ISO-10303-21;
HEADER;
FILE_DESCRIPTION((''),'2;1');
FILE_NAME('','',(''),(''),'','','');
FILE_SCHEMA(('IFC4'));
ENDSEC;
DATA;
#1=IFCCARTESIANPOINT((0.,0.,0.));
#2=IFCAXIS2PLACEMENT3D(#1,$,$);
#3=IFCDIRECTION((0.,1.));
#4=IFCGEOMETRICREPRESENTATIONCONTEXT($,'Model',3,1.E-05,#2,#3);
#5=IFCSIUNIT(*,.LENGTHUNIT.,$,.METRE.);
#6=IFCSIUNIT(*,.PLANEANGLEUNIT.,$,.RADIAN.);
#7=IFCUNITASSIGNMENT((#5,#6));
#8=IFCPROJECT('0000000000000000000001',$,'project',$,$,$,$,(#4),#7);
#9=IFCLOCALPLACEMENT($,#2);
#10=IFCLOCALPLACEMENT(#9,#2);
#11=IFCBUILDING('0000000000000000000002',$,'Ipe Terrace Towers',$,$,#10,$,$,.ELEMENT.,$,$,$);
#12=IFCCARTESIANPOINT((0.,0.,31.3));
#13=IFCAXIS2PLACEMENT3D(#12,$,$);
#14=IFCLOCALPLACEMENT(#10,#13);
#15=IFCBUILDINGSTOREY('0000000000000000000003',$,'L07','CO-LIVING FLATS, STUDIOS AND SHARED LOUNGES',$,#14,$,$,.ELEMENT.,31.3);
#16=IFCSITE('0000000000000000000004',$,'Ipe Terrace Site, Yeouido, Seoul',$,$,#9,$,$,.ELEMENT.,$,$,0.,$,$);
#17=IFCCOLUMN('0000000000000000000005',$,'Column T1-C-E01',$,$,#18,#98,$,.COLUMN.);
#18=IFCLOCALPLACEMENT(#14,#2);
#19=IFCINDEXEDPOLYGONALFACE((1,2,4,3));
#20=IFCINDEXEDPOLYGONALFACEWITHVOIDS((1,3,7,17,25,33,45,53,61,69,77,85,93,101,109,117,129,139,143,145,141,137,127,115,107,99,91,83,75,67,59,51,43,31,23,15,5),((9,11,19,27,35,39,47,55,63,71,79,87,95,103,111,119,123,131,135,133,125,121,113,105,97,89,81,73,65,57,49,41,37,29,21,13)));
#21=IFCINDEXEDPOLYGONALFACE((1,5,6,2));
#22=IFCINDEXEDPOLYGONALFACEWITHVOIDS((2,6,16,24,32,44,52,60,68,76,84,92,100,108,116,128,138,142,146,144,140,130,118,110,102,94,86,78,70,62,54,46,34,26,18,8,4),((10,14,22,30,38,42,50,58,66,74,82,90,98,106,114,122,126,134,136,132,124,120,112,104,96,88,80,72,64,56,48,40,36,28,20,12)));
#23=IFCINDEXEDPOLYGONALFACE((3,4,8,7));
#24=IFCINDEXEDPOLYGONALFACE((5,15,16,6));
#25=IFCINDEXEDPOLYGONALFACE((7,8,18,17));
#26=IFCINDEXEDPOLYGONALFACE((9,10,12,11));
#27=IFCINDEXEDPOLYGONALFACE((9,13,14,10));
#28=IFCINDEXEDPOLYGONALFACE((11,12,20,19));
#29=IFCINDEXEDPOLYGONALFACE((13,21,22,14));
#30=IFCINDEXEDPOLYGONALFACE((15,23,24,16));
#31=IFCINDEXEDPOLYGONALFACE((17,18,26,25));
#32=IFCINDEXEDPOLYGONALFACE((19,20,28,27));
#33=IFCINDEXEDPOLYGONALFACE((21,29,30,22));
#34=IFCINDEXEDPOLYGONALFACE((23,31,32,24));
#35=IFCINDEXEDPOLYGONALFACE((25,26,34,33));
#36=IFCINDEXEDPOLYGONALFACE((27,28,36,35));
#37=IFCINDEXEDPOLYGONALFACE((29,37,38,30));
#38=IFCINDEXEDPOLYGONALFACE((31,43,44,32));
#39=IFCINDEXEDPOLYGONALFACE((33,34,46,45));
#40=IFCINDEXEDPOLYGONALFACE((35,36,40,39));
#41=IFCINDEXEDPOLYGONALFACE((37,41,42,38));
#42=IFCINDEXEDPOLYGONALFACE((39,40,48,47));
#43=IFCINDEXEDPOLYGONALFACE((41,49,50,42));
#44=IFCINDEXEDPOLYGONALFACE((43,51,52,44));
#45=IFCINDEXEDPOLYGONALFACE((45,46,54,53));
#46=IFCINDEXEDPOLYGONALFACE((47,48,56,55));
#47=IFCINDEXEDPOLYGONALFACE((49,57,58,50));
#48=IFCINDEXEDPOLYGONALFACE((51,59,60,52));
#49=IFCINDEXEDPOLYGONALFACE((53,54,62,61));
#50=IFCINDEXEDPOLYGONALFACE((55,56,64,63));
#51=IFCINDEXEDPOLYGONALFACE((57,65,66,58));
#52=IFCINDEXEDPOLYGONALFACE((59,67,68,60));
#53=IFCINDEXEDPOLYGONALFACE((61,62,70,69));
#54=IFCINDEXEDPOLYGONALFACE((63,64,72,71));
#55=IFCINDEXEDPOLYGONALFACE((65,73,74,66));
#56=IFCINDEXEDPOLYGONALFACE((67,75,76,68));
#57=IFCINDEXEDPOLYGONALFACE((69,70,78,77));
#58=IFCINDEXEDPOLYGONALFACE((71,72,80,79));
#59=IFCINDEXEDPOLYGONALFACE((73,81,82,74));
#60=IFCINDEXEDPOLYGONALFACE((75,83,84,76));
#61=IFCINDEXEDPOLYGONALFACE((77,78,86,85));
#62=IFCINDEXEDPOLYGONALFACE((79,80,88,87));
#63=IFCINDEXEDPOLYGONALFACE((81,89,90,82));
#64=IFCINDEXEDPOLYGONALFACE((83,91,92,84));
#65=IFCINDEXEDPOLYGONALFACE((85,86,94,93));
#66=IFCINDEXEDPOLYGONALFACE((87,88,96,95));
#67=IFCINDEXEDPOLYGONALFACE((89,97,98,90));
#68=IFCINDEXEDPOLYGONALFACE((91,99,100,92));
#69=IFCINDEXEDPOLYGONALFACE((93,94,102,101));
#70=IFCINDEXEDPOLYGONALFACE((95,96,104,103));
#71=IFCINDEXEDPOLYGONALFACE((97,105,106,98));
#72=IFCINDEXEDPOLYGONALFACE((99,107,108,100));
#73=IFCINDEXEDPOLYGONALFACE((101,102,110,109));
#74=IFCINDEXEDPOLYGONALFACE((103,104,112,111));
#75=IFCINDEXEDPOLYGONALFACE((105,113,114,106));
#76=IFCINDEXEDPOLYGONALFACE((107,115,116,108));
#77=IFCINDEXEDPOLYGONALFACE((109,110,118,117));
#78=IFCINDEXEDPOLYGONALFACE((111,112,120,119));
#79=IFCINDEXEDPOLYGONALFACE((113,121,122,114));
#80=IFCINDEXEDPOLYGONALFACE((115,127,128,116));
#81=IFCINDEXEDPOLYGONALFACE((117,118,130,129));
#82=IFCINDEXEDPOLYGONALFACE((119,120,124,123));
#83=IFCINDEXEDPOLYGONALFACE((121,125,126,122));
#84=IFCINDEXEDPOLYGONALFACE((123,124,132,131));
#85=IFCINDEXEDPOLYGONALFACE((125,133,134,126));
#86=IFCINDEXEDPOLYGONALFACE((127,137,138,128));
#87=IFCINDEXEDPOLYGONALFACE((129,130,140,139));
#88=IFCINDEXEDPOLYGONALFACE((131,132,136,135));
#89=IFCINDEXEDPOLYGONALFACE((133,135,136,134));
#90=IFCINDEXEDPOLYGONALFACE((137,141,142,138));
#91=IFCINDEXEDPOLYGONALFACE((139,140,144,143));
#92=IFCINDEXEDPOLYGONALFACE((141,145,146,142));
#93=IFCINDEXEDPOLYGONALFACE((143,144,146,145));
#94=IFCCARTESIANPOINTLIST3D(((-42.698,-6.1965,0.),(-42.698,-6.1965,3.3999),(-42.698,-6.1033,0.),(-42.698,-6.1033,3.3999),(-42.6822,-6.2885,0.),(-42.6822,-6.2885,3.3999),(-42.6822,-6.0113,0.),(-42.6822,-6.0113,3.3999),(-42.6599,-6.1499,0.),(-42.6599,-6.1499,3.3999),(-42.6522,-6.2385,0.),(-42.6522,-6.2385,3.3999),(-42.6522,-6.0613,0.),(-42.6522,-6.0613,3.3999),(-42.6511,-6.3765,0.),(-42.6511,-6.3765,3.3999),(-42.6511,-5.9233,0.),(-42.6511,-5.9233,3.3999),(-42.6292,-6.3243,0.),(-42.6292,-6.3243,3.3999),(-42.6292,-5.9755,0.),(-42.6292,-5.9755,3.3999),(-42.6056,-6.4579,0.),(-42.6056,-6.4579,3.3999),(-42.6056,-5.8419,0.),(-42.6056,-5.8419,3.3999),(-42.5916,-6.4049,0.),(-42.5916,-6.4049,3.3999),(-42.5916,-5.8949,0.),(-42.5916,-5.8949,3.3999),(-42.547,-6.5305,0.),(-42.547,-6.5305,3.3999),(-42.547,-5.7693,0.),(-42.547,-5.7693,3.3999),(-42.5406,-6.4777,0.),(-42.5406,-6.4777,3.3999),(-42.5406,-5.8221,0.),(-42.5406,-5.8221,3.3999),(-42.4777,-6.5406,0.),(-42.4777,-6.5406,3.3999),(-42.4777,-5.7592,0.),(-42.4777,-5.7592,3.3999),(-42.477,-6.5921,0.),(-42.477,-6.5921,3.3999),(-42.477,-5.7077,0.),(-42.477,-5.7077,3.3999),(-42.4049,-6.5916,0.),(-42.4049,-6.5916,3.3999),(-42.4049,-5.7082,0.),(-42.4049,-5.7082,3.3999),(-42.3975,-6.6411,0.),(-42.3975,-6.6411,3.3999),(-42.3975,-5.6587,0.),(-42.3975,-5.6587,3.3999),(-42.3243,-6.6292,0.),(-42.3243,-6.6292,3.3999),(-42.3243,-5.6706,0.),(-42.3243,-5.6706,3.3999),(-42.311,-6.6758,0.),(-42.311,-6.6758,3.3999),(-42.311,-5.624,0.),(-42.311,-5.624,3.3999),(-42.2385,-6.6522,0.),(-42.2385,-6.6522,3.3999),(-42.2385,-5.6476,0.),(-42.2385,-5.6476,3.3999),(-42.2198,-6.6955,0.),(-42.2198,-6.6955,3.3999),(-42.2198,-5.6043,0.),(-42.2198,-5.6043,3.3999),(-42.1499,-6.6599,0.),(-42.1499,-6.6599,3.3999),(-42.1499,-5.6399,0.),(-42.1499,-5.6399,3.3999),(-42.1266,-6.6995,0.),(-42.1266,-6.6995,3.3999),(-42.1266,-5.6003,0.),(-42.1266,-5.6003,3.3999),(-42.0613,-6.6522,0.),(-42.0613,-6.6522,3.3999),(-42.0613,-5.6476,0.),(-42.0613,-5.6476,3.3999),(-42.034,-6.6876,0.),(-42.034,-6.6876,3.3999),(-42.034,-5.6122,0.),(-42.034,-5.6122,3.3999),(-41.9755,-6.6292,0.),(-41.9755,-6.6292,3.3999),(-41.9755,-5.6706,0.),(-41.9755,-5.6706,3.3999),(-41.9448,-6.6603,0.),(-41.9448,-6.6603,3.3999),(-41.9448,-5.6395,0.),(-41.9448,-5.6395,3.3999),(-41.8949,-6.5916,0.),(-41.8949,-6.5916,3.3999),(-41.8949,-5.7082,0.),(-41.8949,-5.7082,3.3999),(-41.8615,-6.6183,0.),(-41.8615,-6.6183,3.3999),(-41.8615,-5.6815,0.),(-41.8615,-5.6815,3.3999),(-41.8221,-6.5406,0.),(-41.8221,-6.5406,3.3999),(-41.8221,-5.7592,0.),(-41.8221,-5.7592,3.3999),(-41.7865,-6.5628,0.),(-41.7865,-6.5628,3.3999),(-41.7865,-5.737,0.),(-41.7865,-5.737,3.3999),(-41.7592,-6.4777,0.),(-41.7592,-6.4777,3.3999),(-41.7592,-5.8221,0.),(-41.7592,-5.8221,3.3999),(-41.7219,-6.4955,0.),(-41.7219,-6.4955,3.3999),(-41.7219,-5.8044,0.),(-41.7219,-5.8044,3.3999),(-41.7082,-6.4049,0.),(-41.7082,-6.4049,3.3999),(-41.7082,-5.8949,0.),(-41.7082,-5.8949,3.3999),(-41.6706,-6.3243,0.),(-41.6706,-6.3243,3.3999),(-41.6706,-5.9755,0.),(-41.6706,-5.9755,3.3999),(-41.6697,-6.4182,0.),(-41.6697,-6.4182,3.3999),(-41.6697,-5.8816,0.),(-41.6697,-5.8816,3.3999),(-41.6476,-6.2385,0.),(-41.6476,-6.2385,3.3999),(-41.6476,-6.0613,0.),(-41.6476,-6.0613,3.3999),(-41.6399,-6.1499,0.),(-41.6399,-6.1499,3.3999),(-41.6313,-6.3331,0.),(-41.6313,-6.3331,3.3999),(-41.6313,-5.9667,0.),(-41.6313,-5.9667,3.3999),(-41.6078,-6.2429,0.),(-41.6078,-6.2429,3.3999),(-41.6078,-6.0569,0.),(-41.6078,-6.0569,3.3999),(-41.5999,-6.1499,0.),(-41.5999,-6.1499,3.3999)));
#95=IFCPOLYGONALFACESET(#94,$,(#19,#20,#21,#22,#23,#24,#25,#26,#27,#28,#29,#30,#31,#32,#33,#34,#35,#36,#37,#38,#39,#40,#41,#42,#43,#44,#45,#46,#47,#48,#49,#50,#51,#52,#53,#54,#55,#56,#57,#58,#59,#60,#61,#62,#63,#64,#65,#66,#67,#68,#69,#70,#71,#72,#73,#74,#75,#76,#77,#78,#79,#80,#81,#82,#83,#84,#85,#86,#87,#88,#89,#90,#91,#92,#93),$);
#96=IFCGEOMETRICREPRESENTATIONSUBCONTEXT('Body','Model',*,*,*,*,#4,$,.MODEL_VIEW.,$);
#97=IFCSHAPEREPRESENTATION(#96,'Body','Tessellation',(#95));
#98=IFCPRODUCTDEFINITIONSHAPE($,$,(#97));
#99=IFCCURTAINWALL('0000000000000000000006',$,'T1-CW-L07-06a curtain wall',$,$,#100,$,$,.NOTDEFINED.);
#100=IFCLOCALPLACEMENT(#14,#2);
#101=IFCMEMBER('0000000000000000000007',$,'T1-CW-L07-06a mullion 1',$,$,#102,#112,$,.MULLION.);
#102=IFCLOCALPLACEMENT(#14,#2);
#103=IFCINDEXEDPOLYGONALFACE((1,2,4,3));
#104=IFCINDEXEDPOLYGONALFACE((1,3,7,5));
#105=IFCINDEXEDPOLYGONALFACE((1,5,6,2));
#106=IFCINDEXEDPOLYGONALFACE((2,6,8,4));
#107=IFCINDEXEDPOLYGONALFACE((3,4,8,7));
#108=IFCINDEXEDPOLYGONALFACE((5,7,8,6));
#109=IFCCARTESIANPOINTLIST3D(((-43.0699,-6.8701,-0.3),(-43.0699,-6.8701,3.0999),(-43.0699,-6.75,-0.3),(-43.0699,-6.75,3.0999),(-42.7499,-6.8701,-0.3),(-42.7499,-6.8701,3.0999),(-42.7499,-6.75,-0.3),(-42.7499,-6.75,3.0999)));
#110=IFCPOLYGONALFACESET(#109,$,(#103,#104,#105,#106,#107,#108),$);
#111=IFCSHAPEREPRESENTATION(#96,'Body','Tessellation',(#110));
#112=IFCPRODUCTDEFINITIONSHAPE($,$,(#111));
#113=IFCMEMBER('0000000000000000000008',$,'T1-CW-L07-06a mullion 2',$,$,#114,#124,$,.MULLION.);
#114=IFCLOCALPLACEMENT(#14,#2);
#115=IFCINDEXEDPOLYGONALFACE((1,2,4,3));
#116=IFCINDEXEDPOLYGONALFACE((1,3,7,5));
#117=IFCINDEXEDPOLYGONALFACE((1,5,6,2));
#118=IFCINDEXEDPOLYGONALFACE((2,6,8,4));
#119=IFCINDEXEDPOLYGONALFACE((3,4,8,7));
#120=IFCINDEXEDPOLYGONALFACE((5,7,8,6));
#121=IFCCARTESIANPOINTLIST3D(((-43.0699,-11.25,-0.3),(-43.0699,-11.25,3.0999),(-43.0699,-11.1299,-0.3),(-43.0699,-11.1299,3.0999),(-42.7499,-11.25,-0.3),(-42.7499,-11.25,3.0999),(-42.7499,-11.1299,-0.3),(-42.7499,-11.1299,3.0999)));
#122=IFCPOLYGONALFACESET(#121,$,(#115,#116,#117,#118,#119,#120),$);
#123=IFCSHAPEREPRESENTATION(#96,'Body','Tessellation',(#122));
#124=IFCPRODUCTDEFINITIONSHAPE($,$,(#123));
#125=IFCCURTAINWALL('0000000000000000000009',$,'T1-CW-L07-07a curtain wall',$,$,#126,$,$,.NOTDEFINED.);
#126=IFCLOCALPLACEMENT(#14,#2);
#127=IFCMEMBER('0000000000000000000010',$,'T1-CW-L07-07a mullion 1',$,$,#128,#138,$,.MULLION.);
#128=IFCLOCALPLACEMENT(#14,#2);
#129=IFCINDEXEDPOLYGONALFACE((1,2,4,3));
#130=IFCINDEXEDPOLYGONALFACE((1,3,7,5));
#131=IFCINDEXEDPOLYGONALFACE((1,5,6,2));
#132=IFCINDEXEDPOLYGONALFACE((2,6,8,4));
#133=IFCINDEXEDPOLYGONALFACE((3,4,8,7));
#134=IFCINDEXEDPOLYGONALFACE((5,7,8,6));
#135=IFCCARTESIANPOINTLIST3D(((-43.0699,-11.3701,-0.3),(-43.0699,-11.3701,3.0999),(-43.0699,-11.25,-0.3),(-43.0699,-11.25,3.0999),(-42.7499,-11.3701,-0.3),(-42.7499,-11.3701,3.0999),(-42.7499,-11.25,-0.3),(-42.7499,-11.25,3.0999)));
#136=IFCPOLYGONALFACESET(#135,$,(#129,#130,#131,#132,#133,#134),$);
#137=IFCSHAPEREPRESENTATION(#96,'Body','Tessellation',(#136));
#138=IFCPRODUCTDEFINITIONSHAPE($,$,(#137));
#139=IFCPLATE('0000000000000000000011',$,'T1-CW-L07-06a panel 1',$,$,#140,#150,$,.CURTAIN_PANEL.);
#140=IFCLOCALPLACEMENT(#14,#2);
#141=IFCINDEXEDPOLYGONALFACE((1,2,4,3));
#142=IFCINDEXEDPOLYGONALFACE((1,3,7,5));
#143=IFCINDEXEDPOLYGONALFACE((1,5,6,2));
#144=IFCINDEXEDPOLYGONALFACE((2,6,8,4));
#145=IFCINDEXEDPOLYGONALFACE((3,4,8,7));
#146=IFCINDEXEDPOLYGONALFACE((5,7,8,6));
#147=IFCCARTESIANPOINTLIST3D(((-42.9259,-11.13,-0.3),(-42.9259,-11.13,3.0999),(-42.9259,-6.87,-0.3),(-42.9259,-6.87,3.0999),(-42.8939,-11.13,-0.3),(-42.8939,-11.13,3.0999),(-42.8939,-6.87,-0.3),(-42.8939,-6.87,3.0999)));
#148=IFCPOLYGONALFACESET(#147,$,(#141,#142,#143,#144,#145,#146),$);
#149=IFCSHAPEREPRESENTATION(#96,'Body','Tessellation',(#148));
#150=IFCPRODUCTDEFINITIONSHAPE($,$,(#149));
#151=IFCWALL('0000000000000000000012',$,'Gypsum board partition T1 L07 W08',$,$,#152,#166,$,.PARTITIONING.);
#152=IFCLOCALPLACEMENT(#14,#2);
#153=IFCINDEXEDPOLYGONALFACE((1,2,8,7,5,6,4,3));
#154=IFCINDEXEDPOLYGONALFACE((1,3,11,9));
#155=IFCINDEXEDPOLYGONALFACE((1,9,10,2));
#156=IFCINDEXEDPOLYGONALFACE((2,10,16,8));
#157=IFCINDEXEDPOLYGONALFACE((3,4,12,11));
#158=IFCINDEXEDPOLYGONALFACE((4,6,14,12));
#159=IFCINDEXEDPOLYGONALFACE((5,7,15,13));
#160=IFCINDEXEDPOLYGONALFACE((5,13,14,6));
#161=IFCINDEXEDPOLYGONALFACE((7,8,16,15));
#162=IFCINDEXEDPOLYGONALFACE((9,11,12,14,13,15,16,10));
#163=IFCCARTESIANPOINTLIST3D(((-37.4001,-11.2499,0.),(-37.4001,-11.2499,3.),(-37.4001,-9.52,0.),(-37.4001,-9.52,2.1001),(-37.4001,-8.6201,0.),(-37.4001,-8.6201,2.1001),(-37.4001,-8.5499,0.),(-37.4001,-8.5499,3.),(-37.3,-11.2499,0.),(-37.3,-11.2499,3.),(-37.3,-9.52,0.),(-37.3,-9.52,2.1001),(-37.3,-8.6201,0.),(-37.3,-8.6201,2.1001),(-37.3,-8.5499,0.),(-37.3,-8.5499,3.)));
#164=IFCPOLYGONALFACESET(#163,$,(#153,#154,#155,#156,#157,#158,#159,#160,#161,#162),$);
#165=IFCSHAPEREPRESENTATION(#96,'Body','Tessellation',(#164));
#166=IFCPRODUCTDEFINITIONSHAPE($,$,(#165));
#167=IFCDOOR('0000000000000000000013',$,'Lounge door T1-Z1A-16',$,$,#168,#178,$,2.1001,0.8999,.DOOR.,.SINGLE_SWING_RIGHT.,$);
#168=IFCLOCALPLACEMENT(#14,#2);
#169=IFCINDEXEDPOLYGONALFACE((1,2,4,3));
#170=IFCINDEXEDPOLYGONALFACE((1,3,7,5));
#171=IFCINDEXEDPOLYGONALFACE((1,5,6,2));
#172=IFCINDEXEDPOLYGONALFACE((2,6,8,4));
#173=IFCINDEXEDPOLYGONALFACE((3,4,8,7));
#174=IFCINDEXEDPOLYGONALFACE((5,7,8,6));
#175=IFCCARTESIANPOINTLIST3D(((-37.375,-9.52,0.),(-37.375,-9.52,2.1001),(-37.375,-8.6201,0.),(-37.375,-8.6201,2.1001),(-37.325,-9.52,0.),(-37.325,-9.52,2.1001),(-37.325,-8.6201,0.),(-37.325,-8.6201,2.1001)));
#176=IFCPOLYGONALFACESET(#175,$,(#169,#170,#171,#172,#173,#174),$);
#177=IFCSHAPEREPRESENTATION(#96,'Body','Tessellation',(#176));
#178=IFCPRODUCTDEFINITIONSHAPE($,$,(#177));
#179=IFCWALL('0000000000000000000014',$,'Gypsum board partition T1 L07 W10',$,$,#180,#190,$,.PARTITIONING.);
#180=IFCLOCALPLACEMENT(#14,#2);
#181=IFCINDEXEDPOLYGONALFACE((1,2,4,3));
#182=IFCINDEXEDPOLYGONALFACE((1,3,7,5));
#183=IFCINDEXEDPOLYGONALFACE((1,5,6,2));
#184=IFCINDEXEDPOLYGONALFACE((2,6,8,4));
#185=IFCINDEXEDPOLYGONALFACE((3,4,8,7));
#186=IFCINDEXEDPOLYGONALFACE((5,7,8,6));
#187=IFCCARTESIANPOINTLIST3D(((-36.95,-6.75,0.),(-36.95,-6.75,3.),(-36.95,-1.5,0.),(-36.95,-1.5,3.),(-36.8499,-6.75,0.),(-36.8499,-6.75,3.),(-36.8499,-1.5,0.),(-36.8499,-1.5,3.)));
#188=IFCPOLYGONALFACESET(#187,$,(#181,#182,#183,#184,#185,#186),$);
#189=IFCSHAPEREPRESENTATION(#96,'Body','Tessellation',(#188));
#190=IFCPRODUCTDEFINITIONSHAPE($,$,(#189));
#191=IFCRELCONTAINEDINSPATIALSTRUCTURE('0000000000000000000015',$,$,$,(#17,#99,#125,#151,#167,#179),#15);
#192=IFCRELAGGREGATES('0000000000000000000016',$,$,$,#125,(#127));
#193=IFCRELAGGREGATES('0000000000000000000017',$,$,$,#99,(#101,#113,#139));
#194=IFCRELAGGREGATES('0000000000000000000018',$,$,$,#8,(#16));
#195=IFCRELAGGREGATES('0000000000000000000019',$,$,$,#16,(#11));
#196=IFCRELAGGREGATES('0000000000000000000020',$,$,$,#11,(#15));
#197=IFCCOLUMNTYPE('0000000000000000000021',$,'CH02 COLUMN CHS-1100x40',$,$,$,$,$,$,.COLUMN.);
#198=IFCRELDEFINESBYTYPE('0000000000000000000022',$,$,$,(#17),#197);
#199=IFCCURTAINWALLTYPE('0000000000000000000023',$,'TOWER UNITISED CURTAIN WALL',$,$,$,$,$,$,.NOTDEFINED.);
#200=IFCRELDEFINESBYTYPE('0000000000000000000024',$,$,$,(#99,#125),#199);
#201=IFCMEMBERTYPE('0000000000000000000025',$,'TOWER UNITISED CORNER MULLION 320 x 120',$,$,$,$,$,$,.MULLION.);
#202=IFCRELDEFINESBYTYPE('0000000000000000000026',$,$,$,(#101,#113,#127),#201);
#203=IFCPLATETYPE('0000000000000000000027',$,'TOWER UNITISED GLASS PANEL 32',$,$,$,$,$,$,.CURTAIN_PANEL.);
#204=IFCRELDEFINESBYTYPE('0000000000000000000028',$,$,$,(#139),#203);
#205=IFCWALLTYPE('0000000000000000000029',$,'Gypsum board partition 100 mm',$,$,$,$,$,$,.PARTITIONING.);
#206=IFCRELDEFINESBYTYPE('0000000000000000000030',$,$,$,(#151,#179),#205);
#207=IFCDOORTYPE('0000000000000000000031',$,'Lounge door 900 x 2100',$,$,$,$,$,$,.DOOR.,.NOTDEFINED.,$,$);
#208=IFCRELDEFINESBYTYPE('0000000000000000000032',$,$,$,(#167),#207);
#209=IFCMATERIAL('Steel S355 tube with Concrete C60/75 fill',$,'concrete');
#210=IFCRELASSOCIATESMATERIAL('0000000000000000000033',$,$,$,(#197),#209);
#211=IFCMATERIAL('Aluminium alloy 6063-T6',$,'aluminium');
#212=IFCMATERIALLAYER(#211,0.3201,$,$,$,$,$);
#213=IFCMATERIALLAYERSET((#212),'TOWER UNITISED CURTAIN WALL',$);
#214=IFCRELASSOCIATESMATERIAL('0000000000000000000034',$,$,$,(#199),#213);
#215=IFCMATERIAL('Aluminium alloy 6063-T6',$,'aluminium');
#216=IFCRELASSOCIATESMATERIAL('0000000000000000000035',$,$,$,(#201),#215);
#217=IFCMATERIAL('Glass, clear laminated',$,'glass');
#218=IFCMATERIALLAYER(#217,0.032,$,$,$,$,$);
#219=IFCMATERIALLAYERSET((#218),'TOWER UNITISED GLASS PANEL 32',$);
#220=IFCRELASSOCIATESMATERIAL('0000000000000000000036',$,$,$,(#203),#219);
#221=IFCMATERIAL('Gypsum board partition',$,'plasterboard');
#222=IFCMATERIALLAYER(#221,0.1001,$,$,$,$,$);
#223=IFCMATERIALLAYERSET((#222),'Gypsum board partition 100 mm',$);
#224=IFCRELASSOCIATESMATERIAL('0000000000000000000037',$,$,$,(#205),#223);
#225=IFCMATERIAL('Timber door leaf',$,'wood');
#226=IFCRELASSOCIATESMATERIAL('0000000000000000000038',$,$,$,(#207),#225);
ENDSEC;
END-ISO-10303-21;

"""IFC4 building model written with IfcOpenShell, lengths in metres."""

from ifc_helpers import new_model, si_unit, direction, frame, frame_2d, origin, origin_2d, place, context, subcontext, project, spatial, rectangle, hollow_circle, extrude, material, layer, layer_set, material_profile, profile_set, type_object, element, fill, aggregate, save


model = new_model("IFC4")

# Units and contexts
model_context = context("Model", 3, precision=1e-05, world=origin(), true_north=direction((0.0, 1.0)))
body_context = subcontext(model_context, "Body", "Model", "MODEL_VIEW")
ifc_project = project(units=[si_unit("LENGTHUNIT", "METRE"), si_unit("PLANEANGLEUNIT", "RADIAN")], contexts=[model_context])

# Site, building, storey
site_placement = place(None, origin())
site = spatial("IfcSite", under=ifc_project, at=site_placement, Name="Ipe Terrace Site, Yeouido, Seoul", CompositionType="ELEMENT", RefElevation=0.0)
building_placement = place(site_placement, origin())
building = spatial("IfcBuilding", under=site, at=building_placement, Name="Ipe Terrace Towers", CompositionType="ELEMENT")
storey_placement = place(building_placement, frame((0.0, 0.0, 31.3)))
storey = spatial("IfcBuildingStorey", under=building, at=storey_placement, Name="L07", Description="CO-LIVING FLATS, STUDIOS AND SHARED LOUNGES", CompositionType="ELEMENT", Elevation=31.3)

# Column
ifc_material_1 = material(Name="Steel S355 tube with Concrete C60/75 fill", Category="concrete")
ifc_material_profile_1 = material_profile(ifc_material_1, hollow_circle(Radius=0.55, WallThickness=0.04, at=origin_2d()), Name="CHS-1100x40")
ifc_profile_set_1 = profile_set([ifc_material_profile_1], Name="Steel S355 tube with Concrete C60/75 fill")
column_type = type_object("IfcColumnType", Name="CH02 COLUMN CHS-1100x40", PredefinedType="COLUMN", material=ifc_profile_set_1)
column_placement = place(storey_placement, frame((-42.1499, -6.1499, 0.0), z_axis=(0.0, 0.0, 1.0), x_axis=(1.0, 0.0, 0.0)))
element("IfcColumn", 1, at=column_placement, inside=storey, type_object=column_type, Name="Column T1-C-E01", PredefinedType="COLUMN", context=body_context, shape_type="SweptSolid", body=[
    extrude(hollow_circle(Radius=0.55, WallThickness=0.04, at=origin_2d()), origin(), (0.0, 0.0, 1.0), 3.3999),
])

# Curtain wall, members
ifc_material_2 = material(Name="Aluminium alloy 6063-T6", Category="aluminium")
ifc_layer_1 = layer(ifc_material_2, 0.3201)
ifc_layer_set_1 = layer_set([ifc_layer_1], Name="TOWER UNITISED CURTAIN WALL")
curtain_wall_type = type_object("IfcCurtainWallType", Name="TOWER UNITISED CURTAIN WALL", PredefinedType="NOTDEFINED", material=ifc_layer_set_1)
curtain_wall_1_placement = place(storey_placement, origin())
curtain_wall_1 = element("IfcCurtainWall", 2, at=curtain_wall_1_placement, inside=storey, type_object=curtain_wall_type, Name="T1-CW-L07-06a curtain wall", PredefinedType="NOTDEFINED")
ifc_material_3 = material(Name="Aluminium alloy 6063-T6", Category="aluminium")
ifc_material_profile_2 = material_profile(ifc_material_3, rectangle(XDim=0.3201, YDim=0.1201, at=origin_2d()), Name="TOWER UNITISED CORNER MULLION 320 x 120")
ifc_profile_set_2 = profile_set([ifc_material_profile_2], Name="Aluminium alloy 6063-T6")
member_type = type_object("IfcMemberType", Name="TOWER UNITISED CORNER MULLION 320 x 120", PredefinedType="MULLION", material=ifc_profile_set_2)
member_1_placement = place(storey_placement, frame((-42.9099, -6.8101, -0.3), z_axis=(0.0, 0.0, 1.0), x_axis=(-1.0, 0.0, 0.0)))
member_1 = element("IfcMember", 3, at=member_1_placement, type_object=member_type, Name="T1-CW-L07-06a mullion 1", PredefinedType="MULLION", context=body_context, shape_type="SweptSolid", body=[
    extrude(rectangle(XDim=0.3201, YDim=0.1201, at=origin_2d()), origin(), (0.0, 0.0, 1.0), 3.3999),
])
member_2_placement = place(storey_placement, frame((-42.9099, -11.1899, -0.3), z_axis=(0.0, 0.0, 1.0), x_axis=(-1.0, 0.0, 0.0)))
member_2 = element("IfcMember", 4, at=member_2_placement, type_object=member_type, Name="T1-CW-L07-06a mullion 2", PredefinedType="MULLION", context=body_context, shape_type="SweptSolid", body=[
    extrude(rectangle(XDim=0.3201, YDim=0.1201, at=origin_2d()), origin(), (0.0, 0.0, 1.0), 3.3999),
])

# Curtain wall, member
curtain_wall_2_placement = place(storey_placement, origin())
curtain_wall_2 = element("IfcCurtainWall", 5, at=curtain_wall_2_placement, inside=storey, type_object=curtain_wall_type, Name="T1-CW-L07-07a curtain wall", PredefinedType="NOTDEFINED")
member_3_placement = place(storey_placement, frame((-42.9099, -11.3101, -0.3), z_axis=(0.0, 0.0, 1.0), x_axis=(-1.0, 0.0, 0.0)))
member_3 = element("IfcMember", 6, at=member_3_placement, type_object=member_type, Name="T1-CW-L07-07a mullion 1", PredefinedType="MULLION", context=body_context, shape_type="SweptSolid", body=[
    extrude(rectangle(XDim=0.3201, YDim=0.1201, at=origin_2d()), origin(), (0.0, 0.0, 1.0), 3.3999),
])
aggregate(curtain_wall_2, [member_3])

# Plate
ifc_material_4 = material(Name="Glass, clear laminated", Category="glass")
ifc_layer_2 = layer(ifc_material_4, 0.032)
ifc_layer_set_2 = layer_set([ifc_layer_2], Name="TOWER UNITISED GLASS PANEL 32")
plate_type = type_object("IfcPlateType", Name="TOWER UNITISED GLASS PANEL 32", PredefinedType="CURTAIN_PANEL", material=ifc_layer_set_2)
plate_placement = place(storey_placement, frame((-42.9099, -9.0, -0.3), z_axis=(0.0, 0.0, 1.0), x_axis=(0.0, -1.0, 0.0)))
plate = element("IfcPlate", 7, at=plate_placement, type_object=plate_type, Name="T1-CW-L07-06a panel 1", PredefinedType="CURTAIN_PANEL", context=body_context, shape_type="SweptSolid", body=[
    extrude(rectangle(XDim=4.26, YDim=0.032, at=origin_2d()), origin(), (0.0, 0.0, 1.0), 3.3999),
])
aggregate(curtain_wall_1, [member_1, member_2, plate])

# Wall, opening, door
ifc_material_5 = material(Name="Gypsum board partition", Category="plasterboard")
ifc_layer_3 = layer(ifc_material_5, 0.1001)
ifc_layer_set_3 = layer_set([ifc_layer_3], Name="Gypsum board partition 100 mm")
wall_type_1 = type_object("IfcWallType", Name="Gypsum board partition 100 mm", PredefinedType="PARTITIONING", material=ifc_layer_set_3)
wall_1_placement = place(storey_placement, frame((-37.3501, -11.25, 0.0), z_axis=(0.0, 0.0, 1.0), x_axis=(0.0, 1.0, 0.0)))
wall_1 = element("IfcWall", 8, at=wall_1_placement, inside=storey, type_object=wall_type_1, Name="Gypsum board partition T1 L07 W08", PredefinedType="PARTITIONING", context=body_context, shape_type="SweptSolid", body=[
    extrude(rectangle(XDim=2.7, YDim=0.1001, at=frame_2d((1.3501, 0.0))), origin(), (0.0, 0.0, 1.0), 3.0),
])
opening_1_placement = place(wall_1_placement, frame((1.73, 0.0, 0.0)))
opening_1 = element("IfcOpeningElement", 9, at=opening_1_placement, cuts=wall_1, PredefinedType="OPENING", context=body_context, shape_type="SweptSolid", body=[
    extrude(rectangle(XDim=0.8999, YDim=2.1001, at=frame_2d((0.45, 1.05))), frame((0.0, 0.0601, 0.0), z_axis=(0.0, -1.0, 0.0), x_axis=(1.0, 0.0, 0.0)), (0.0, 0.0, 1.0), 0.1201),
])
ifc_material_6 = material(Name="Timber door leaf", Category="wood")
door_type_1 = type_object("IfcDoorType", Name="Lounge door 900 x 2100", OperationType="NOTDEFINED", PredefinedType="DOOR", material=ifc_material_6)
door_1_placement = place(opening_1_placement, origin())
door_1 = element("IfcDoor", 10, at=door_1_placement, inside=storey, type_object=door_type_1, Name="Lounge door T1-Z1A-16", OperationType="SINGLE_SWING_RIGHT", OverallHeight=2.1001, OverallWidth=0.8999, PredefinedType="DOOR", context=body_context, shape_type="SweptSolid", body=[
    extrude(rectangle(XDim=0.8999, YDim=2.1001, at=frame_2d((0.45, 1.05))), frame((0.0, 0.0249, 0.0), z_axis=(0.0, -1.0, 0.0), x_axis=(1.0, 0.0, 0.0)), (0.0, 0.0, 1.0), 0.05),
])
fill(opening_1, door_1)

# Wall
wall_2_placement = place(storey_placement, frame((-36.8999, -6.75, 0.0), z_axis=(0.0, 0.0, 1.0), x_axis=(0.0, 1.0, 0.0)))
element("IfcWall", 11, at=wall_2_placement, inside=storey, type_object=wall_type_1, Name="Gypsum board partition T1 L07 W10", PredefinedType="PARTITIONING", context=body_context, shape_type="SweptSolid", body=[
    extrude(rectangle(XDim=5.25, YDim=0.1001, at=frame_2d((2.625, 0.0))), origin(), (0.0, 0.0, 1.0), 3.0),
])

save(model, "model.ifc")
